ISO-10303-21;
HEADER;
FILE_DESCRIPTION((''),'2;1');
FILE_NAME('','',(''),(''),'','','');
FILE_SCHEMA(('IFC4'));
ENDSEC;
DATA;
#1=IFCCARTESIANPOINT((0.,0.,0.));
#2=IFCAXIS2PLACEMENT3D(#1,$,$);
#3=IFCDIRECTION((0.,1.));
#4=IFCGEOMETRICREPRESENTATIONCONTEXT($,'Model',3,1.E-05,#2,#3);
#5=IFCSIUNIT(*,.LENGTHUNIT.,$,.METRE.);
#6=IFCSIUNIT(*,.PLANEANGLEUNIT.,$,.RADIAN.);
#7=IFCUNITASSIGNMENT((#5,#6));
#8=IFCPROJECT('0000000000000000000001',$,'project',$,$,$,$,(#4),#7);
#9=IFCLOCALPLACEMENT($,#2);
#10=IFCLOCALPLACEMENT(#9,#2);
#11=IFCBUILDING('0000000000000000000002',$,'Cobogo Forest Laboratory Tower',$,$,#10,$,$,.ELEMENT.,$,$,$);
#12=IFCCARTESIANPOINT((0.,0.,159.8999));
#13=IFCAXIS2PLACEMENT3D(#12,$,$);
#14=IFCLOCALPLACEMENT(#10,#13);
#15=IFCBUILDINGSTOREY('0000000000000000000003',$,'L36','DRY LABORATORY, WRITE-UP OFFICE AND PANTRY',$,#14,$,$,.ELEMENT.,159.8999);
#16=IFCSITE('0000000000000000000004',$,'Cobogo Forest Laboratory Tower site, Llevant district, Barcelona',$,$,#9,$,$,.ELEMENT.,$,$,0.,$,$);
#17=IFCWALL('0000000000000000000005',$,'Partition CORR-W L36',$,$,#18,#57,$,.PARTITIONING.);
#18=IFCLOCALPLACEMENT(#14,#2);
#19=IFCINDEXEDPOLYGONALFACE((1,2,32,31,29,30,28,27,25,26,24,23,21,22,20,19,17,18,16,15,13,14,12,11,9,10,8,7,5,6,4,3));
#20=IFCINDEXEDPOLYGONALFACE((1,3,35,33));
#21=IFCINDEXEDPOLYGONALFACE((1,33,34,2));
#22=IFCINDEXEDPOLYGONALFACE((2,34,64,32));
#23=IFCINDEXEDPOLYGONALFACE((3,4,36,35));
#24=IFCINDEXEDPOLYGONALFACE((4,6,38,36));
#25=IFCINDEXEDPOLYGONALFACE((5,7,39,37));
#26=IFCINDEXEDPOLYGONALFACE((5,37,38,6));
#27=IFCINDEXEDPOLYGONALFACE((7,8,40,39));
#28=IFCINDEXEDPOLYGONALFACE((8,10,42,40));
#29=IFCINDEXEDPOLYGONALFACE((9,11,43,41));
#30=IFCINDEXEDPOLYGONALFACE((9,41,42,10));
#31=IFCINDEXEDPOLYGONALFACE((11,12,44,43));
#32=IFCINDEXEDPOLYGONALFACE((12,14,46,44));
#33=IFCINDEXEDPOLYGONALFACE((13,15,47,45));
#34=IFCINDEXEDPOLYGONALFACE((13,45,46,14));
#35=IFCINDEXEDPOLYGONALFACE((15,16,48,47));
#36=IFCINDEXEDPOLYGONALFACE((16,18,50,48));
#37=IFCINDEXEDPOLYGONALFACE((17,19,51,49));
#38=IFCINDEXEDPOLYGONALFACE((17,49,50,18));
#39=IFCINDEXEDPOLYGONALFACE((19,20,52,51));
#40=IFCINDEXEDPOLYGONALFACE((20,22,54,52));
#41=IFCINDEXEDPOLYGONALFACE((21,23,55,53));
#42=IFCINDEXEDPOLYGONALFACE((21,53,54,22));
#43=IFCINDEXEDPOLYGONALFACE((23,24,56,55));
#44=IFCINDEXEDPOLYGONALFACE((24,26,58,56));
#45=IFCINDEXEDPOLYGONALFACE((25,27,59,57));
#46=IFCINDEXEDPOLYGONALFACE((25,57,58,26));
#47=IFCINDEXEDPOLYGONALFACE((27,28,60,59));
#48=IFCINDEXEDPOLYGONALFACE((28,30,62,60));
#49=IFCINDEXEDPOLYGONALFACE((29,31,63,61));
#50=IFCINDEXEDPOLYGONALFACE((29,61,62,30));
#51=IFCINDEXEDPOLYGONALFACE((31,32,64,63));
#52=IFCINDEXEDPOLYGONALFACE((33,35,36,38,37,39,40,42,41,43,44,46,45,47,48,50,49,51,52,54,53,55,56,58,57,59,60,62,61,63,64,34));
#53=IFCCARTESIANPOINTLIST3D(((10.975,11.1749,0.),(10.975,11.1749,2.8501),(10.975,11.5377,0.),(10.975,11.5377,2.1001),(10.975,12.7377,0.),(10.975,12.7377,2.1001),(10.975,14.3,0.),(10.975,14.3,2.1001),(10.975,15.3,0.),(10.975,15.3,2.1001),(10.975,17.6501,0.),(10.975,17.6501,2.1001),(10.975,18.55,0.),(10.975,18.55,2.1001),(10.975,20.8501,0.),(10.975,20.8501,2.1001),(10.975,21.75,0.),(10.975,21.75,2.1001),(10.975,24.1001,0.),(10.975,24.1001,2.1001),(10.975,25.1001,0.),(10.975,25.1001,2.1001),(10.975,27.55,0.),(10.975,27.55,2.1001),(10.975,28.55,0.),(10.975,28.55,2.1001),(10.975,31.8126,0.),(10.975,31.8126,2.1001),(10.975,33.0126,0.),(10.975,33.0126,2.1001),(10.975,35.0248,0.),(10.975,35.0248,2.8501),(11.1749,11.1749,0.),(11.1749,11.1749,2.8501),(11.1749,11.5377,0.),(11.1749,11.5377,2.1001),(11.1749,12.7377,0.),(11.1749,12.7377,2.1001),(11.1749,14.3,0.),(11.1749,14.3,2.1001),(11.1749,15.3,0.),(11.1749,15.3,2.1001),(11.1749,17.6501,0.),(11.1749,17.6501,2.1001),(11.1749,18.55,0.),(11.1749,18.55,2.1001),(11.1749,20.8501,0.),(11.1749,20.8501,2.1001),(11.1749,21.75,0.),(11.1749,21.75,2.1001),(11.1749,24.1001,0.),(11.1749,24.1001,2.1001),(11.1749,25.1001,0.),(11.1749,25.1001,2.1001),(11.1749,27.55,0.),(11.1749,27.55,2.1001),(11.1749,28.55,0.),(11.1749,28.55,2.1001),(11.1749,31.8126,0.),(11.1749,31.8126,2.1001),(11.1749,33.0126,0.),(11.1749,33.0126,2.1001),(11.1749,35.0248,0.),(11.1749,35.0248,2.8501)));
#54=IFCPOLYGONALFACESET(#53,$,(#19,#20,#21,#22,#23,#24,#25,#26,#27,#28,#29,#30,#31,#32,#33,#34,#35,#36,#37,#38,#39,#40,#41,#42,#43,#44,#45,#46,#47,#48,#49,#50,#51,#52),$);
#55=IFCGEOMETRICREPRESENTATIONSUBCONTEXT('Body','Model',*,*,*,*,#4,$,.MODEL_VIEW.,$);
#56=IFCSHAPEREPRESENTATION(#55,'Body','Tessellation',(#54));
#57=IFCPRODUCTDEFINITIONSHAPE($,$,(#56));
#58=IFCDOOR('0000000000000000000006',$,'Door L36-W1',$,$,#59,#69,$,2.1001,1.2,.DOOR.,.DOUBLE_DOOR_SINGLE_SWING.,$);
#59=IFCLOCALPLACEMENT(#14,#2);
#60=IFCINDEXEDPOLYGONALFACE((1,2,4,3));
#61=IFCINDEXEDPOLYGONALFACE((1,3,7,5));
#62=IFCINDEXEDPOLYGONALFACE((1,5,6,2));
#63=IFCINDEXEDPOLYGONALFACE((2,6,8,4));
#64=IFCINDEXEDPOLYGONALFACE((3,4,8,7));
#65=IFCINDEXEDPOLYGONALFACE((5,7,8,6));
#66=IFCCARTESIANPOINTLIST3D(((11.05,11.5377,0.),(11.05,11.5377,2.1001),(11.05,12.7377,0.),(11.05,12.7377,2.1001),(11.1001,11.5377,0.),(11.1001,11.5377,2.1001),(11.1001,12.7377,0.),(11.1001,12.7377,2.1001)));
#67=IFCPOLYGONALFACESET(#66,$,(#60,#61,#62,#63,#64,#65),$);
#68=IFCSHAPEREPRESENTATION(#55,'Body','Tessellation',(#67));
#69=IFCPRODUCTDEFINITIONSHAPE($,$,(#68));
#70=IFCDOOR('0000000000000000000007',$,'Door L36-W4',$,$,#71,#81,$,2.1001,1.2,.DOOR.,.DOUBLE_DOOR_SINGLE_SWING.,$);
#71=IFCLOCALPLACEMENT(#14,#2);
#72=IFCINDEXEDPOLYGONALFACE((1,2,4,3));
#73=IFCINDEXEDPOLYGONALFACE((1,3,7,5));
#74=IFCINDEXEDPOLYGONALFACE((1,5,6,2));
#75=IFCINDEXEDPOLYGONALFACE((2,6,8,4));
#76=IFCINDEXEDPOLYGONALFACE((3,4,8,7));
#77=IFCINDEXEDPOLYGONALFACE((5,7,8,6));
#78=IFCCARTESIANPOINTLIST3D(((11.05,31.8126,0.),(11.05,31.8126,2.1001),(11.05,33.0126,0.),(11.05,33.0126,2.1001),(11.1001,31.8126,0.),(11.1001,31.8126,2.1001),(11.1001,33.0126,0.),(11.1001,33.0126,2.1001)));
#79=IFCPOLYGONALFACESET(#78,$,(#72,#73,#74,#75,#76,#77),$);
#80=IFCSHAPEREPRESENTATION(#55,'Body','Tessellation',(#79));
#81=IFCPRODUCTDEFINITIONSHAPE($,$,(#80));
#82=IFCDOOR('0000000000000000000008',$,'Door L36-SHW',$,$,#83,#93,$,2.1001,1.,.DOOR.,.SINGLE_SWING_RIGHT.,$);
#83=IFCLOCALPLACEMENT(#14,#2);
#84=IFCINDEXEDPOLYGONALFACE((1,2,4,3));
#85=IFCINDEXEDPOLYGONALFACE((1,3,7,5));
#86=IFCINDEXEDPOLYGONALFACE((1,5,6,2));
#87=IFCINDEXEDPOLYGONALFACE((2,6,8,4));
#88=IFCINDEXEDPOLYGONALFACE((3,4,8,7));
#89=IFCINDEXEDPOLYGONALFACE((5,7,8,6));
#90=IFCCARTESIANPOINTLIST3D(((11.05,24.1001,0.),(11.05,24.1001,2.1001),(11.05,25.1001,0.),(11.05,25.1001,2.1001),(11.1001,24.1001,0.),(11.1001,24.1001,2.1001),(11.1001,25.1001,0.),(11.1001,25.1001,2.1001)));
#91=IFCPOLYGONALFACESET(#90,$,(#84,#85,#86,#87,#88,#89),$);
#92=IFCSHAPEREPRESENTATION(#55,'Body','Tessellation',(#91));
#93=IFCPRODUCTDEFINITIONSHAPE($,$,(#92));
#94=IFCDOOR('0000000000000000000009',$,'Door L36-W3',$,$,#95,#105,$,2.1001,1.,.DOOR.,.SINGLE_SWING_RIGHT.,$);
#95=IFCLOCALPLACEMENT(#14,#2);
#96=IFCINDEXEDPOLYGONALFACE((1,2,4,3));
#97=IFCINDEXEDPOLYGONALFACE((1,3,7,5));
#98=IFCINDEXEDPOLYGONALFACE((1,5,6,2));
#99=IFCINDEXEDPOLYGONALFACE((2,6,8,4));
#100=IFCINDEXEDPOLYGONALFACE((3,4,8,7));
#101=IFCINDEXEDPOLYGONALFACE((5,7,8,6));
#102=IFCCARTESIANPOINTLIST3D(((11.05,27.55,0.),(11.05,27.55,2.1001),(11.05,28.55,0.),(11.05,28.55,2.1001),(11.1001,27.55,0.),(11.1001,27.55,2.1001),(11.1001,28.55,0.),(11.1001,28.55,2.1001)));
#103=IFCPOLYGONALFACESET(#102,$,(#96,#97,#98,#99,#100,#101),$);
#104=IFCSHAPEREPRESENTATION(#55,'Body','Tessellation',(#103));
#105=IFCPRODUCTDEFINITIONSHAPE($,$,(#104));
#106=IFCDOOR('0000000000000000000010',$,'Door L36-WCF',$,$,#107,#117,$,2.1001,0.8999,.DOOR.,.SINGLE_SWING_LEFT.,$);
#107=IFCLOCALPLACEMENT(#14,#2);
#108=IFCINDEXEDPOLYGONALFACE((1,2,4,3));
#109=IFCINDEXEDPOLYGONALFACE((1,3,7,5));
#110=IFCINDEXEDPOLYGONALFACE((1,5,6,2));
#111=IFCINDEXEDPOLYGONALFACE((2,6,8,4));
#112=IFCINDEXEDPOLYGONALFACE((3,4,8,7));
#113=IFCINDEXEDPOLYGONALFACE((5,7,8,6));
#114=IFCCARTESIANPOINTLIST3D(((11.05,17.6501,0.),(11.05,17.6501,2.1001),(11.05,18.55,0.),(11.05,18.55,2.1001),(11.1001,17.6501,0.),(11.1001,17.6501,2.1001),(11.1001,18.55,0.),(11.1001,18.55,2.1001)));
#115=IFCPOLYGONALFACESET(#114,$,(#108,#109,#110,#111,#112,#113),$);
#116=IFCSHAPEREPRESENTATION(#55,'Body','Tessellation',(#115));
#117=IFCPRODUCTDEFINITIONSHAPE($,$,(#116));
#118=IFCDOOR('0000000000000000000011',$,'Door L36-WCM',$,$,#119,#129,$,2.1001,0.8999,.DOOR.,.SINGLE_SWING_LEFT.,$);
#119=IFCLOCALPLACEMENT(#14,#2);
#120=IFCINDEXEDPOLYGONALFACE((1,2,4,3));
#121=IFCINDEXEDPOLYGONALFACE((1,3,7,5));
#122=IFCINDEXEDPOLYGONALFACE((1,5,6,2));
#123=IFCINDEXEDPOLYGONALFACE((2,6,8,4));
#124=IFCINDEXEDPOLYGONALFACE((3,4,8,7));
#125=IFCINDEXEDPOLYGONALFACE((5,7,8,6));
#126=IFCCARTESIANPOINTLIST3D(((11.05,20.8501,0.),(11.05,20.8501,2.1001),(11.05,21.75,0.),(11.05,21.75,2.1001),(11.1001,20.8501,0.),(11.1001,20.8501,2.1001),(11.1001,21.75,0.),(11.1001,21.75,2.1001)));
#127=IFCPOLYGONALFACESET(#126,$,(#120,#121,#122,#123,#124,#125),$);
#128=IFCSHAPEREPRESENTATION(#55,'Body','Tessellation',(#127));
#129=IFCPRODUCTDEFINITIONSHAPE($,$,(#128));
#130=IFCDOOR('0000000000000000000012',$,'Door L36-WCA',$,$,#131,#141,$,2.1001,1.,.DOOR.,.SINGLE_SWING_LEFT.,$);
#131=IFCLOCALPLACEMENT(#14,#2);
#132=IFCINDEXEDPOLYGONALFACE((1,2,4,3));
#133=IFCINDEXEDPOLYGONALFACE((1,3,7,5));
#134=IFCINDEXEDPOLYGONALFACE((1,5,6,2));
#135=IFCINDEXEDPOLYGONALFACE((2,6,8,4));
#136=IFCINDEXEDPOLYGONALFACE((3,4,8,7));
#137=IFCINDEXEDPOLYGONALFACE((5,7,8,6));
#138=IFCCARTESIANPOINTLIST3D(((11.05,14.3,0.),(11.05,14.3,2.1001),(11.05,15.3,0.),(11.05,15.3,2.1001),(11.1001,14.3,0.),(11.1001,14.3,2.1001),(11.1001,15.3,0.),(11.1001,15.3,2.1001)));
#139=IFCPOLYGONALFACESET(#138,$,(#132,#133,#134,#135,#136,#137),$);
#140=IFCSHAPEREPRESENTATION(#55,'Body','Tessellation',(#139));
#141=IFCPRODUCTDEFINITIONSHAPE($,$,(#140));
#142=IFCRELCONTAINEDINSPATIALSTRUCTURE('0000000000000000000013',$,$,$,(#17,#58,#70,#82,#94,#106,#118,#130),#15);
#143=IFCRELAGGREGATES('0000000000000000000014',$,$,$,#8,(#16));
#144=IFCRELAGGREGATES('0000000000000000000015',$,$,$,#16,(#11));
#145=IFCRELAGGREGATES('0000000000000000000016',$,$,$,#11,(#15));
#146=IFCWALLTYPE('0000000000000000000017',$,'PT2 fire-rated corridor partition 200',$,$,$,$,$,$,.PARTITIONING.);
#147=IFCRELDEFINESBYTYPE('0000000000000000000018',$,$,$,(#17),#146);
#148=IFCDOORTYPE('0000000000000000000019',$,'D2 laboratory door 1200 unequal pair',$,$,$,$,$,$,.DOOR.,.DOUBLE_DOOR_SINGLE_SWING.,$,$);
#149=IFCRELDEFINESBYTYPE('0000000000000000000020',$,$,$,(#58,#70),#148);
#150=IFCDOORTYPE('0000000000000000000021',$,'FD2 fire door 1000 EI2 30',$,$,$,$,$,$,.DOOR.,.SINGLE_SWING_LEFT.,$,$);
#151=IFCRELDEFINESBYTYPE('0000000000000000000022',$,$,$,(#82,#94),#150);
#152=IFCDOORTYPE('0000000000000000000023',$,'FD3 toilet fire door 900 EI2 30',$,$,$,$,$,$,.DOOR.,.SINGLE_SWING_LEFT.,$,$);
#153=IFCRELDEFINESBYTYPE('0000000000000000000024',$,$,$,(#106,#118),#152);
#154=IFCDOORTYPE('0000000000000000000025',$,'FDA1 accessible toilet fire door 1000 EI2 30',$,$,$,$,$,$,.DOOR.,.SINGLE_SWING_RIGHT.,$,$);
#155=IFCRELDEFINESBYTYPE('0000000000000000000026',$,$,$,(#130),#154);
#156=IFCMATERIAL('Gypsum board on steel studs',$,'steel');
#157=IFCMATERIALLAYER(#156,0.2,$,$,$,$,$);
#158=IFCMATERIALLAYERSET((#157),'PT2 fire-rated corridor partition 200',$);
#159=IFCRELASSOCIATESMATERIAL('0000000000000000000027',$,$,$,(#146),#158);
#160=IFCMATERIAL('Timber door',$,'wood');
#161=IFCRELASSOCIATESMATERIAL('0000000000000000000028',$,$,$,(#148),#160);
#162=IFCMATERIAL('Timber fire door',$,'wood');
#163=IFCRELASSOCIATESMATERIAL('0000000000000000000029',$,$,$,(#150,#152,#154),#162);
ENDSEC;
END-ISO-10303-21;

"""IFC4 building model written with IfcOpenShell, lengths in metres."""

from ifc_helpers import new_model, si_unit, direction, frame, frame_2d, origin, place, context, subcontext, project, spatial, rectangle, extrude, material, layer, layer_set, type_object, element, fill, save


model = new_model("IFC4")

# Units and contexts
model_context = context("Model", 3, precision=1e-05, world=origin(), true_north=direction((0.0, 1.0)))
body_context = subcontext(model_context, "Body", "Model", "MODEL_VIEW")
ifc_project = project(units=[si_unit("LENGTHUNIT", "METRE"), si_unit("PLANEANGLEUNIT", "RADIAN")], contexts=[model_context])

# Site, building, storey
site_placement = place(None, origin())
site = spatial("IfcSite", under=ifc_project, at=site_placement, Name="Cobogo Forest Laboratory Tower site, Llevant district, Barcelona", CompositionType="ELEMENT", RefElevation=0.0)
building_placement = place(site_placement, origin())
building = spatial("IfcBuilding", under=site, at=building_placement, Name="Cobogo Forest Laboratory Tower", CompositionType="ELEMENT")
storey_placement = place(building_placement, frame((0.0, 0.0, 159.8999)))
storey = spatial("IfcBuildingStorey", under=building, at=storey_placement, Name="L36", Description="DRY LABORATORY, WRITE-UP OFFICE AND PANTRY", CompositionType="ELEMENT", Elevation=159.8999)

# Shared definitions
ifc_material_1 = material(Name="Gypsum board on steel studs", Category="steel")

# Shared definitions
ifc_layer_1 = layer(ifc_material_1, 0.2)
ifc_layer_set_1 = layer_set([ifc_layer_1], Name="PT2 fire-rated corridor partition 200")
wall_type_1 = type_object("IfcWallType", Name="PT2 fire-rated corridor partition 200", PredefinedType="PARTITIONING", material=ifc_layer_set_1)
ifc_material_2 = material(Name="Timber door", Category="wood")
door_type_1 = type_object("IfcDoorType", Name="D2 laboratory door 1200 unequal pair", OperationType="DOUBLE_DOOR_SINGLE_SWING", PredefinedType="DOOR", material=ifc_material_2)

# Wall, openings, doors
wall_1_placement = place(storey_placement, frame((11.075, 11.175, 0.0), z_axis=(0.0, 0.0, 1.0), x_axis=(0.0, 1.0, 0.0)))
wall_1 = element("IfcWall", 1, at=wall_1_placement, inside=storey, type_object=wall_type_1, Name="Partition CORR-W L36", PredefinedType="PARTITIONING", context=body_context, shape_type="SweptSolid", body=[
    extrude(rectangle(XDim=23.8499, YDim=0.2, at=frame_2d((11.9248, 0.0))), origin(), (0.0, 0.0, 1.0), 2.8501),
])
opening_1_placement = place(wall_1_placement, frame((0.3625, 0.0, 0.0)))
opening_1 = element("IfcOpeningElement", 2, at=opening_1_placement, cuts=wall_1, PredefinedType="OPENING", context=body_context, shape_type="SweptSolid", body=[
    extrude(rectangle(XDim=1.2, YDim=2.1001, at=frame_2d((0.6001, 1.05))), frame((0.0, 0.1099, 0.0), z_axis=(0.0, -1.0, 0.0), x_axis=(1.0, 0.0, 0.0)), (0.0, 0.0, 1.0), 0.22),
])
opening_2_placement = place(wall_1_placement, frame((3.125, 0.0, 0.0)))
opening_2 = element("IfcOpeningElement", 3, at=opening_2_placement, cuts=wall_1, PredefinedType="OPENING", context=body_context, shape_type="SweptSolid", body=[
    extrude(rectangle(XDim=1.0, YDim=2.1001, at=frame_2d((0.5, 1.05))), frame((0.0, 0.1099, 0.0), z_axis=(0.0, -1.0, 0.0), x_axis=(1.0, 0.0, 0.0)), (0.0, 0.0, 1.0), 0.22),
])
opening_3_placement = place(wall_1_placement, frame((6.4751, 0.0, 0.0)))
opening_3 = element("IfcOpeningElement", 4, at=opening_3_placement, cuts=wall_1, PredefinedType="OPENING", context=body_context, shape_type="SweptSolid", body=[
    extrude(rectangle(XDim=0.8999, YDim=2.1001, at=frame_2d((0.45, 1.05))), frame((0.0, 0.1099, 0.0), z_axis=(0.0, -1.0, 0.0), x_axis=(1.0, 0.0, 0.0)), (0.0, 0.0, 1.0), 0.22),
])
opening_4_placement = place(wall_1_placement, frame((9.675, 0.0, 0.0)))
opening_4 = element("IfcOpeningElement", 5, at=opening_4_placement, cuts=wall_1, PredefinedType="OPENING", context=body_context, shape_type="SweptSolid", body=[
    extrude(rectangle(XDim=0.8999, YDim=2.1001, at=frame_2d((0.45, 1.05))), frame((0.0, 0.1099, 0.0), z_axis=(0.0, -1.0, 0.0), x_axis=(1.0, 0.0, 0.0)), (0.0, 0.0, 1.0), 0.22),
])
opening_5_placement = place(wall_1_placement, frame((12.925, 0.0, 0.0)))
opening_5 = element("IfcOpeningElement", 6, at=opening_5_placement, cuts=wall_1, PredefinedType="OPENING", context=body_context, shape_type="SweptSolid", body=[
    extrude(rectangle(XDim=1.0, YDim=2.1001, at=frame_2d((0.5, 1.05))), frame((0.0, 0.1099, 0.0), z_axis=(0.0, -1.0, 0.0), x_axis=(1.0, 0.0, 0.0)), (0.0, 0.0, 1.0), 0.22),
])
opening_6_placement = place(wall_1_placement, frame((16.375, 0.0, 0.0)))
opening_6 = element("IfcOpeningElement", 7, at=opening_6_placement, cuts=wall_1, PredefinedType="OPENING", context=body_context, shape_type="SweptSolid", body=[
    extrude(rectangle(XDim=1.0, YDim=2.1001, at=frame_2d((0.5, 1.05))), frame((0.0, 0.1099, 0.0), z_axis=(0.0, -1.0, 0.0), x_axis=(1.0, 0.0, 0.0)), (0.0, 0.0, 1.0), 0.22),
])
opening_7_placement = place(wall_1_placement, frame((20.6375, 0.0, 0.0)))
opening_7 = element("IfcOpeningElement", 8, at=opening_7_placement, cuts=wall_1, PredefinedType="OPENING", context=body_context, shape_type="SweptSolid", body=[
    extrude(rectangle(XDim=1.2, YDim=2.1001, at=frame_2d((0.6001, 1.05))), frame((0.0, 0.1099, 0.0), z_axis=(0.0, -1.0, 0.0), x_axis=(1.0, 0.0, 0.0)), (0.0, 0.0, 1.0), 0.22),
])
door_1_placement = place(opening_1_placement, origin())
door_1 = element("IfcDoor", 9, at=door_1_placement, inside=storey, type_object=door_type_1, Name="Door L36-W1", OperationType="DOUBLE_DOOR_SINGLE_SWING", OverallHeight=2.1001, OverallWidth=1.2, PredefinedType="DOOR", context=body_context, shape_type="SweptSolid", body=[
    extrude(rectangle(XDim=1.2, YDim=2.1001, at=frame_2d((0.6001, 1.05))), frame((0.0, 0.0249, 0.0), z_axis=(0.0, -1.0, 0.0), x_axis=(1.0, 0.0, 0.0)), (0.0, 0.0, 1.0), 0.05),
])
fill(opening_1, door_1)
door_2_placement = place(opening_7_placement, origin())
door_2 = element("IfcDoor", 10, at=door_2_placement, inside=storey, type_object=door_type_1, Name="Door L36-W4", OperationType="DOUBLE_DOOR_SINGLE_SWING", OverallHeight=2.1001, OverallWidth=1.2, PredefinedType="DOOR", context=body_context, shape_type="SweptSolid", body=[
    extrude(rectangle(XDim=1.2, YDim=2.1001, at=frame_2d((0.6001, 1.05))), frame((0.0, 0.0249, 0.0), z_axis=(0.0, -1.0, 0.0), x_axis=(1.0, 0.0, 0.0)), (0.0, 0.0, 1.0), 0.05),
])
fill(opening_7, door_2)
ifc_material_3 = material(Name="Timber fire door", Category="wood")
door_type_2 = type_object("IfcDoorType", Name="FD2 fire door 1000 EI2 30", OperationType="SINGLE_SWING_LEFT", PredefinedType="DOOR", material=ifc_material_3)
door_3_placement = place(opening_5_placement, origin())
door_3 = element("IfcDoor", 11, at=door_3_placement, inside=storey, type_object=door_type_2, Name="Door L36-SHW", OperationType="SINGLE_SWING_RIGHT", OverallHeight=2.1001, OverallWidth=1.0, PredefinedType="DOOR", context=body_context, shape_type="SweptSolid", body=[
    extrude(rectangle(XDim=1.0, YDim=2.1001, at=frame_2d((0.5, 1.05))), frame((0.0, 0.0249, 0.0), z_axis=(0.0, -1.0, 0.0), x_axis=(1.0, 0.0, 0.0)), (0.0, 0.0, 1.0), 0.05),
])
fill(opening_5, door_3)
door_4_placement = place(opening_6_placement, origin())
door_4 = element("IfcDoor", 12, at=door_4_placement, inside=storey, type_object=door_type_2, Name="Door L36-W3", OperationType="SINGLE_SWING_RIGHT", OverallHeight=2.1001, OverallWidth=1.0, PredefinedType="DOOR", context=body_context, shape_type="SweptSolid", body=[
    extrude(rectangle(XDim=1.0, YDim=2.1001, at=frame_2d((0.5, 1.05))), frame((0.0, 0.0249, 0.0), z_axis=(0.0, -1.0, 0.0), x_axis=(1.0, 0.0, 0.0)), (0.0, 0.0, 1.0), 0.05),
])
fill(opening_6, door_4)
door_type_3 = type_object("IfcDoorType", Name="FD3 toilet fire door 900 EI2 30", OperationType="SINGLE_SWING_LEFT", PredefinedType="DOOR", material=ifc_material_3)
door_5_placement = place(opening_3_placement, origin())
door_5 = element("IfcDoor", 13, at=door_5_placement, inside=storey, type_object=door_type_3, Name="Door L36-WCF", OperationType="SINGLE_SWING_LEFT", OverallHeight=2.1001, OverallWidth=0.8999, PredefinedType="DOOR", context=body_context, shape_type="SweptSolid", body=[
    extrude(rectangle(XDim=0.8999, YDim=2.1001, at=frame_2d((0.45, 1.05))), frame((0.0, 0.0249, 0.0), z_axis=(0.0, -1.0, 0.0), x_axis=(1.0, 0.0, 0.0)), (0.0, 0.0, 1.0), 0.05),
])
fill(opening_3, door_5)
door_6_placement = place(opening_4_placement, origin())
door_6 = element("IfcDoor", 14, at=door_6_placement, inside=storey, type_object=door_type_3, Name="Door L36-WCM", OperationType="SINGLE_SWING_LEFT", OverallHeight=2.1001, OverallWidth=0.8999, PredefinedType="DOOR", context=body_context, shape_type="SweptSolid", body=[
    extrude(rectangle(XDim=0.8999, YDim=2.1001, at=frame_2d((0.45, 1.05))), frame((0.0, 0.0249, 0.0), z_axis=(0.0, -1.0, 0.0), x_axis=(1.0, 0.0, 0.0)), (0.0, 0.0, 1.0), 0.05),
])
fill(opening_4, door_6)
door_type_4 = type_object("IfcDoorType", Name="FDA1 accessible toilet fire door 1000 EI2 30", OperationType="SINGLE_SWING_RIGHT", PredefinedType="DOOR", material=ifc_material_3)
door_7_placement = place(opening_2_placement, origin())
door_7 = element("IfcDoor", 15, at=door_7_placement, inside=storey, type_object=door_type_4, Name="Door L36-WCA", OperationType="SINGLE_SWING_LEFT", OverallHeight=2.1001, OverallWidth=1.0, PredefinedType="DOOR", context=body_context, shape_type="SweptSolid", body=[
    extrude(rectangle(XDim=1.0, YDim=2.1001, at=frame_2d((0.5, 1.05))), frame((0.0, 0.0249, 0.0), z_axis=(0.0, -1.0, 0.0), x_axis=(1.0, 0.0, 0.0)), (0.0, 0.0, 1.0), 0.05),
])
fill(opening_2, door_7)

save(model, "model.ifc")
